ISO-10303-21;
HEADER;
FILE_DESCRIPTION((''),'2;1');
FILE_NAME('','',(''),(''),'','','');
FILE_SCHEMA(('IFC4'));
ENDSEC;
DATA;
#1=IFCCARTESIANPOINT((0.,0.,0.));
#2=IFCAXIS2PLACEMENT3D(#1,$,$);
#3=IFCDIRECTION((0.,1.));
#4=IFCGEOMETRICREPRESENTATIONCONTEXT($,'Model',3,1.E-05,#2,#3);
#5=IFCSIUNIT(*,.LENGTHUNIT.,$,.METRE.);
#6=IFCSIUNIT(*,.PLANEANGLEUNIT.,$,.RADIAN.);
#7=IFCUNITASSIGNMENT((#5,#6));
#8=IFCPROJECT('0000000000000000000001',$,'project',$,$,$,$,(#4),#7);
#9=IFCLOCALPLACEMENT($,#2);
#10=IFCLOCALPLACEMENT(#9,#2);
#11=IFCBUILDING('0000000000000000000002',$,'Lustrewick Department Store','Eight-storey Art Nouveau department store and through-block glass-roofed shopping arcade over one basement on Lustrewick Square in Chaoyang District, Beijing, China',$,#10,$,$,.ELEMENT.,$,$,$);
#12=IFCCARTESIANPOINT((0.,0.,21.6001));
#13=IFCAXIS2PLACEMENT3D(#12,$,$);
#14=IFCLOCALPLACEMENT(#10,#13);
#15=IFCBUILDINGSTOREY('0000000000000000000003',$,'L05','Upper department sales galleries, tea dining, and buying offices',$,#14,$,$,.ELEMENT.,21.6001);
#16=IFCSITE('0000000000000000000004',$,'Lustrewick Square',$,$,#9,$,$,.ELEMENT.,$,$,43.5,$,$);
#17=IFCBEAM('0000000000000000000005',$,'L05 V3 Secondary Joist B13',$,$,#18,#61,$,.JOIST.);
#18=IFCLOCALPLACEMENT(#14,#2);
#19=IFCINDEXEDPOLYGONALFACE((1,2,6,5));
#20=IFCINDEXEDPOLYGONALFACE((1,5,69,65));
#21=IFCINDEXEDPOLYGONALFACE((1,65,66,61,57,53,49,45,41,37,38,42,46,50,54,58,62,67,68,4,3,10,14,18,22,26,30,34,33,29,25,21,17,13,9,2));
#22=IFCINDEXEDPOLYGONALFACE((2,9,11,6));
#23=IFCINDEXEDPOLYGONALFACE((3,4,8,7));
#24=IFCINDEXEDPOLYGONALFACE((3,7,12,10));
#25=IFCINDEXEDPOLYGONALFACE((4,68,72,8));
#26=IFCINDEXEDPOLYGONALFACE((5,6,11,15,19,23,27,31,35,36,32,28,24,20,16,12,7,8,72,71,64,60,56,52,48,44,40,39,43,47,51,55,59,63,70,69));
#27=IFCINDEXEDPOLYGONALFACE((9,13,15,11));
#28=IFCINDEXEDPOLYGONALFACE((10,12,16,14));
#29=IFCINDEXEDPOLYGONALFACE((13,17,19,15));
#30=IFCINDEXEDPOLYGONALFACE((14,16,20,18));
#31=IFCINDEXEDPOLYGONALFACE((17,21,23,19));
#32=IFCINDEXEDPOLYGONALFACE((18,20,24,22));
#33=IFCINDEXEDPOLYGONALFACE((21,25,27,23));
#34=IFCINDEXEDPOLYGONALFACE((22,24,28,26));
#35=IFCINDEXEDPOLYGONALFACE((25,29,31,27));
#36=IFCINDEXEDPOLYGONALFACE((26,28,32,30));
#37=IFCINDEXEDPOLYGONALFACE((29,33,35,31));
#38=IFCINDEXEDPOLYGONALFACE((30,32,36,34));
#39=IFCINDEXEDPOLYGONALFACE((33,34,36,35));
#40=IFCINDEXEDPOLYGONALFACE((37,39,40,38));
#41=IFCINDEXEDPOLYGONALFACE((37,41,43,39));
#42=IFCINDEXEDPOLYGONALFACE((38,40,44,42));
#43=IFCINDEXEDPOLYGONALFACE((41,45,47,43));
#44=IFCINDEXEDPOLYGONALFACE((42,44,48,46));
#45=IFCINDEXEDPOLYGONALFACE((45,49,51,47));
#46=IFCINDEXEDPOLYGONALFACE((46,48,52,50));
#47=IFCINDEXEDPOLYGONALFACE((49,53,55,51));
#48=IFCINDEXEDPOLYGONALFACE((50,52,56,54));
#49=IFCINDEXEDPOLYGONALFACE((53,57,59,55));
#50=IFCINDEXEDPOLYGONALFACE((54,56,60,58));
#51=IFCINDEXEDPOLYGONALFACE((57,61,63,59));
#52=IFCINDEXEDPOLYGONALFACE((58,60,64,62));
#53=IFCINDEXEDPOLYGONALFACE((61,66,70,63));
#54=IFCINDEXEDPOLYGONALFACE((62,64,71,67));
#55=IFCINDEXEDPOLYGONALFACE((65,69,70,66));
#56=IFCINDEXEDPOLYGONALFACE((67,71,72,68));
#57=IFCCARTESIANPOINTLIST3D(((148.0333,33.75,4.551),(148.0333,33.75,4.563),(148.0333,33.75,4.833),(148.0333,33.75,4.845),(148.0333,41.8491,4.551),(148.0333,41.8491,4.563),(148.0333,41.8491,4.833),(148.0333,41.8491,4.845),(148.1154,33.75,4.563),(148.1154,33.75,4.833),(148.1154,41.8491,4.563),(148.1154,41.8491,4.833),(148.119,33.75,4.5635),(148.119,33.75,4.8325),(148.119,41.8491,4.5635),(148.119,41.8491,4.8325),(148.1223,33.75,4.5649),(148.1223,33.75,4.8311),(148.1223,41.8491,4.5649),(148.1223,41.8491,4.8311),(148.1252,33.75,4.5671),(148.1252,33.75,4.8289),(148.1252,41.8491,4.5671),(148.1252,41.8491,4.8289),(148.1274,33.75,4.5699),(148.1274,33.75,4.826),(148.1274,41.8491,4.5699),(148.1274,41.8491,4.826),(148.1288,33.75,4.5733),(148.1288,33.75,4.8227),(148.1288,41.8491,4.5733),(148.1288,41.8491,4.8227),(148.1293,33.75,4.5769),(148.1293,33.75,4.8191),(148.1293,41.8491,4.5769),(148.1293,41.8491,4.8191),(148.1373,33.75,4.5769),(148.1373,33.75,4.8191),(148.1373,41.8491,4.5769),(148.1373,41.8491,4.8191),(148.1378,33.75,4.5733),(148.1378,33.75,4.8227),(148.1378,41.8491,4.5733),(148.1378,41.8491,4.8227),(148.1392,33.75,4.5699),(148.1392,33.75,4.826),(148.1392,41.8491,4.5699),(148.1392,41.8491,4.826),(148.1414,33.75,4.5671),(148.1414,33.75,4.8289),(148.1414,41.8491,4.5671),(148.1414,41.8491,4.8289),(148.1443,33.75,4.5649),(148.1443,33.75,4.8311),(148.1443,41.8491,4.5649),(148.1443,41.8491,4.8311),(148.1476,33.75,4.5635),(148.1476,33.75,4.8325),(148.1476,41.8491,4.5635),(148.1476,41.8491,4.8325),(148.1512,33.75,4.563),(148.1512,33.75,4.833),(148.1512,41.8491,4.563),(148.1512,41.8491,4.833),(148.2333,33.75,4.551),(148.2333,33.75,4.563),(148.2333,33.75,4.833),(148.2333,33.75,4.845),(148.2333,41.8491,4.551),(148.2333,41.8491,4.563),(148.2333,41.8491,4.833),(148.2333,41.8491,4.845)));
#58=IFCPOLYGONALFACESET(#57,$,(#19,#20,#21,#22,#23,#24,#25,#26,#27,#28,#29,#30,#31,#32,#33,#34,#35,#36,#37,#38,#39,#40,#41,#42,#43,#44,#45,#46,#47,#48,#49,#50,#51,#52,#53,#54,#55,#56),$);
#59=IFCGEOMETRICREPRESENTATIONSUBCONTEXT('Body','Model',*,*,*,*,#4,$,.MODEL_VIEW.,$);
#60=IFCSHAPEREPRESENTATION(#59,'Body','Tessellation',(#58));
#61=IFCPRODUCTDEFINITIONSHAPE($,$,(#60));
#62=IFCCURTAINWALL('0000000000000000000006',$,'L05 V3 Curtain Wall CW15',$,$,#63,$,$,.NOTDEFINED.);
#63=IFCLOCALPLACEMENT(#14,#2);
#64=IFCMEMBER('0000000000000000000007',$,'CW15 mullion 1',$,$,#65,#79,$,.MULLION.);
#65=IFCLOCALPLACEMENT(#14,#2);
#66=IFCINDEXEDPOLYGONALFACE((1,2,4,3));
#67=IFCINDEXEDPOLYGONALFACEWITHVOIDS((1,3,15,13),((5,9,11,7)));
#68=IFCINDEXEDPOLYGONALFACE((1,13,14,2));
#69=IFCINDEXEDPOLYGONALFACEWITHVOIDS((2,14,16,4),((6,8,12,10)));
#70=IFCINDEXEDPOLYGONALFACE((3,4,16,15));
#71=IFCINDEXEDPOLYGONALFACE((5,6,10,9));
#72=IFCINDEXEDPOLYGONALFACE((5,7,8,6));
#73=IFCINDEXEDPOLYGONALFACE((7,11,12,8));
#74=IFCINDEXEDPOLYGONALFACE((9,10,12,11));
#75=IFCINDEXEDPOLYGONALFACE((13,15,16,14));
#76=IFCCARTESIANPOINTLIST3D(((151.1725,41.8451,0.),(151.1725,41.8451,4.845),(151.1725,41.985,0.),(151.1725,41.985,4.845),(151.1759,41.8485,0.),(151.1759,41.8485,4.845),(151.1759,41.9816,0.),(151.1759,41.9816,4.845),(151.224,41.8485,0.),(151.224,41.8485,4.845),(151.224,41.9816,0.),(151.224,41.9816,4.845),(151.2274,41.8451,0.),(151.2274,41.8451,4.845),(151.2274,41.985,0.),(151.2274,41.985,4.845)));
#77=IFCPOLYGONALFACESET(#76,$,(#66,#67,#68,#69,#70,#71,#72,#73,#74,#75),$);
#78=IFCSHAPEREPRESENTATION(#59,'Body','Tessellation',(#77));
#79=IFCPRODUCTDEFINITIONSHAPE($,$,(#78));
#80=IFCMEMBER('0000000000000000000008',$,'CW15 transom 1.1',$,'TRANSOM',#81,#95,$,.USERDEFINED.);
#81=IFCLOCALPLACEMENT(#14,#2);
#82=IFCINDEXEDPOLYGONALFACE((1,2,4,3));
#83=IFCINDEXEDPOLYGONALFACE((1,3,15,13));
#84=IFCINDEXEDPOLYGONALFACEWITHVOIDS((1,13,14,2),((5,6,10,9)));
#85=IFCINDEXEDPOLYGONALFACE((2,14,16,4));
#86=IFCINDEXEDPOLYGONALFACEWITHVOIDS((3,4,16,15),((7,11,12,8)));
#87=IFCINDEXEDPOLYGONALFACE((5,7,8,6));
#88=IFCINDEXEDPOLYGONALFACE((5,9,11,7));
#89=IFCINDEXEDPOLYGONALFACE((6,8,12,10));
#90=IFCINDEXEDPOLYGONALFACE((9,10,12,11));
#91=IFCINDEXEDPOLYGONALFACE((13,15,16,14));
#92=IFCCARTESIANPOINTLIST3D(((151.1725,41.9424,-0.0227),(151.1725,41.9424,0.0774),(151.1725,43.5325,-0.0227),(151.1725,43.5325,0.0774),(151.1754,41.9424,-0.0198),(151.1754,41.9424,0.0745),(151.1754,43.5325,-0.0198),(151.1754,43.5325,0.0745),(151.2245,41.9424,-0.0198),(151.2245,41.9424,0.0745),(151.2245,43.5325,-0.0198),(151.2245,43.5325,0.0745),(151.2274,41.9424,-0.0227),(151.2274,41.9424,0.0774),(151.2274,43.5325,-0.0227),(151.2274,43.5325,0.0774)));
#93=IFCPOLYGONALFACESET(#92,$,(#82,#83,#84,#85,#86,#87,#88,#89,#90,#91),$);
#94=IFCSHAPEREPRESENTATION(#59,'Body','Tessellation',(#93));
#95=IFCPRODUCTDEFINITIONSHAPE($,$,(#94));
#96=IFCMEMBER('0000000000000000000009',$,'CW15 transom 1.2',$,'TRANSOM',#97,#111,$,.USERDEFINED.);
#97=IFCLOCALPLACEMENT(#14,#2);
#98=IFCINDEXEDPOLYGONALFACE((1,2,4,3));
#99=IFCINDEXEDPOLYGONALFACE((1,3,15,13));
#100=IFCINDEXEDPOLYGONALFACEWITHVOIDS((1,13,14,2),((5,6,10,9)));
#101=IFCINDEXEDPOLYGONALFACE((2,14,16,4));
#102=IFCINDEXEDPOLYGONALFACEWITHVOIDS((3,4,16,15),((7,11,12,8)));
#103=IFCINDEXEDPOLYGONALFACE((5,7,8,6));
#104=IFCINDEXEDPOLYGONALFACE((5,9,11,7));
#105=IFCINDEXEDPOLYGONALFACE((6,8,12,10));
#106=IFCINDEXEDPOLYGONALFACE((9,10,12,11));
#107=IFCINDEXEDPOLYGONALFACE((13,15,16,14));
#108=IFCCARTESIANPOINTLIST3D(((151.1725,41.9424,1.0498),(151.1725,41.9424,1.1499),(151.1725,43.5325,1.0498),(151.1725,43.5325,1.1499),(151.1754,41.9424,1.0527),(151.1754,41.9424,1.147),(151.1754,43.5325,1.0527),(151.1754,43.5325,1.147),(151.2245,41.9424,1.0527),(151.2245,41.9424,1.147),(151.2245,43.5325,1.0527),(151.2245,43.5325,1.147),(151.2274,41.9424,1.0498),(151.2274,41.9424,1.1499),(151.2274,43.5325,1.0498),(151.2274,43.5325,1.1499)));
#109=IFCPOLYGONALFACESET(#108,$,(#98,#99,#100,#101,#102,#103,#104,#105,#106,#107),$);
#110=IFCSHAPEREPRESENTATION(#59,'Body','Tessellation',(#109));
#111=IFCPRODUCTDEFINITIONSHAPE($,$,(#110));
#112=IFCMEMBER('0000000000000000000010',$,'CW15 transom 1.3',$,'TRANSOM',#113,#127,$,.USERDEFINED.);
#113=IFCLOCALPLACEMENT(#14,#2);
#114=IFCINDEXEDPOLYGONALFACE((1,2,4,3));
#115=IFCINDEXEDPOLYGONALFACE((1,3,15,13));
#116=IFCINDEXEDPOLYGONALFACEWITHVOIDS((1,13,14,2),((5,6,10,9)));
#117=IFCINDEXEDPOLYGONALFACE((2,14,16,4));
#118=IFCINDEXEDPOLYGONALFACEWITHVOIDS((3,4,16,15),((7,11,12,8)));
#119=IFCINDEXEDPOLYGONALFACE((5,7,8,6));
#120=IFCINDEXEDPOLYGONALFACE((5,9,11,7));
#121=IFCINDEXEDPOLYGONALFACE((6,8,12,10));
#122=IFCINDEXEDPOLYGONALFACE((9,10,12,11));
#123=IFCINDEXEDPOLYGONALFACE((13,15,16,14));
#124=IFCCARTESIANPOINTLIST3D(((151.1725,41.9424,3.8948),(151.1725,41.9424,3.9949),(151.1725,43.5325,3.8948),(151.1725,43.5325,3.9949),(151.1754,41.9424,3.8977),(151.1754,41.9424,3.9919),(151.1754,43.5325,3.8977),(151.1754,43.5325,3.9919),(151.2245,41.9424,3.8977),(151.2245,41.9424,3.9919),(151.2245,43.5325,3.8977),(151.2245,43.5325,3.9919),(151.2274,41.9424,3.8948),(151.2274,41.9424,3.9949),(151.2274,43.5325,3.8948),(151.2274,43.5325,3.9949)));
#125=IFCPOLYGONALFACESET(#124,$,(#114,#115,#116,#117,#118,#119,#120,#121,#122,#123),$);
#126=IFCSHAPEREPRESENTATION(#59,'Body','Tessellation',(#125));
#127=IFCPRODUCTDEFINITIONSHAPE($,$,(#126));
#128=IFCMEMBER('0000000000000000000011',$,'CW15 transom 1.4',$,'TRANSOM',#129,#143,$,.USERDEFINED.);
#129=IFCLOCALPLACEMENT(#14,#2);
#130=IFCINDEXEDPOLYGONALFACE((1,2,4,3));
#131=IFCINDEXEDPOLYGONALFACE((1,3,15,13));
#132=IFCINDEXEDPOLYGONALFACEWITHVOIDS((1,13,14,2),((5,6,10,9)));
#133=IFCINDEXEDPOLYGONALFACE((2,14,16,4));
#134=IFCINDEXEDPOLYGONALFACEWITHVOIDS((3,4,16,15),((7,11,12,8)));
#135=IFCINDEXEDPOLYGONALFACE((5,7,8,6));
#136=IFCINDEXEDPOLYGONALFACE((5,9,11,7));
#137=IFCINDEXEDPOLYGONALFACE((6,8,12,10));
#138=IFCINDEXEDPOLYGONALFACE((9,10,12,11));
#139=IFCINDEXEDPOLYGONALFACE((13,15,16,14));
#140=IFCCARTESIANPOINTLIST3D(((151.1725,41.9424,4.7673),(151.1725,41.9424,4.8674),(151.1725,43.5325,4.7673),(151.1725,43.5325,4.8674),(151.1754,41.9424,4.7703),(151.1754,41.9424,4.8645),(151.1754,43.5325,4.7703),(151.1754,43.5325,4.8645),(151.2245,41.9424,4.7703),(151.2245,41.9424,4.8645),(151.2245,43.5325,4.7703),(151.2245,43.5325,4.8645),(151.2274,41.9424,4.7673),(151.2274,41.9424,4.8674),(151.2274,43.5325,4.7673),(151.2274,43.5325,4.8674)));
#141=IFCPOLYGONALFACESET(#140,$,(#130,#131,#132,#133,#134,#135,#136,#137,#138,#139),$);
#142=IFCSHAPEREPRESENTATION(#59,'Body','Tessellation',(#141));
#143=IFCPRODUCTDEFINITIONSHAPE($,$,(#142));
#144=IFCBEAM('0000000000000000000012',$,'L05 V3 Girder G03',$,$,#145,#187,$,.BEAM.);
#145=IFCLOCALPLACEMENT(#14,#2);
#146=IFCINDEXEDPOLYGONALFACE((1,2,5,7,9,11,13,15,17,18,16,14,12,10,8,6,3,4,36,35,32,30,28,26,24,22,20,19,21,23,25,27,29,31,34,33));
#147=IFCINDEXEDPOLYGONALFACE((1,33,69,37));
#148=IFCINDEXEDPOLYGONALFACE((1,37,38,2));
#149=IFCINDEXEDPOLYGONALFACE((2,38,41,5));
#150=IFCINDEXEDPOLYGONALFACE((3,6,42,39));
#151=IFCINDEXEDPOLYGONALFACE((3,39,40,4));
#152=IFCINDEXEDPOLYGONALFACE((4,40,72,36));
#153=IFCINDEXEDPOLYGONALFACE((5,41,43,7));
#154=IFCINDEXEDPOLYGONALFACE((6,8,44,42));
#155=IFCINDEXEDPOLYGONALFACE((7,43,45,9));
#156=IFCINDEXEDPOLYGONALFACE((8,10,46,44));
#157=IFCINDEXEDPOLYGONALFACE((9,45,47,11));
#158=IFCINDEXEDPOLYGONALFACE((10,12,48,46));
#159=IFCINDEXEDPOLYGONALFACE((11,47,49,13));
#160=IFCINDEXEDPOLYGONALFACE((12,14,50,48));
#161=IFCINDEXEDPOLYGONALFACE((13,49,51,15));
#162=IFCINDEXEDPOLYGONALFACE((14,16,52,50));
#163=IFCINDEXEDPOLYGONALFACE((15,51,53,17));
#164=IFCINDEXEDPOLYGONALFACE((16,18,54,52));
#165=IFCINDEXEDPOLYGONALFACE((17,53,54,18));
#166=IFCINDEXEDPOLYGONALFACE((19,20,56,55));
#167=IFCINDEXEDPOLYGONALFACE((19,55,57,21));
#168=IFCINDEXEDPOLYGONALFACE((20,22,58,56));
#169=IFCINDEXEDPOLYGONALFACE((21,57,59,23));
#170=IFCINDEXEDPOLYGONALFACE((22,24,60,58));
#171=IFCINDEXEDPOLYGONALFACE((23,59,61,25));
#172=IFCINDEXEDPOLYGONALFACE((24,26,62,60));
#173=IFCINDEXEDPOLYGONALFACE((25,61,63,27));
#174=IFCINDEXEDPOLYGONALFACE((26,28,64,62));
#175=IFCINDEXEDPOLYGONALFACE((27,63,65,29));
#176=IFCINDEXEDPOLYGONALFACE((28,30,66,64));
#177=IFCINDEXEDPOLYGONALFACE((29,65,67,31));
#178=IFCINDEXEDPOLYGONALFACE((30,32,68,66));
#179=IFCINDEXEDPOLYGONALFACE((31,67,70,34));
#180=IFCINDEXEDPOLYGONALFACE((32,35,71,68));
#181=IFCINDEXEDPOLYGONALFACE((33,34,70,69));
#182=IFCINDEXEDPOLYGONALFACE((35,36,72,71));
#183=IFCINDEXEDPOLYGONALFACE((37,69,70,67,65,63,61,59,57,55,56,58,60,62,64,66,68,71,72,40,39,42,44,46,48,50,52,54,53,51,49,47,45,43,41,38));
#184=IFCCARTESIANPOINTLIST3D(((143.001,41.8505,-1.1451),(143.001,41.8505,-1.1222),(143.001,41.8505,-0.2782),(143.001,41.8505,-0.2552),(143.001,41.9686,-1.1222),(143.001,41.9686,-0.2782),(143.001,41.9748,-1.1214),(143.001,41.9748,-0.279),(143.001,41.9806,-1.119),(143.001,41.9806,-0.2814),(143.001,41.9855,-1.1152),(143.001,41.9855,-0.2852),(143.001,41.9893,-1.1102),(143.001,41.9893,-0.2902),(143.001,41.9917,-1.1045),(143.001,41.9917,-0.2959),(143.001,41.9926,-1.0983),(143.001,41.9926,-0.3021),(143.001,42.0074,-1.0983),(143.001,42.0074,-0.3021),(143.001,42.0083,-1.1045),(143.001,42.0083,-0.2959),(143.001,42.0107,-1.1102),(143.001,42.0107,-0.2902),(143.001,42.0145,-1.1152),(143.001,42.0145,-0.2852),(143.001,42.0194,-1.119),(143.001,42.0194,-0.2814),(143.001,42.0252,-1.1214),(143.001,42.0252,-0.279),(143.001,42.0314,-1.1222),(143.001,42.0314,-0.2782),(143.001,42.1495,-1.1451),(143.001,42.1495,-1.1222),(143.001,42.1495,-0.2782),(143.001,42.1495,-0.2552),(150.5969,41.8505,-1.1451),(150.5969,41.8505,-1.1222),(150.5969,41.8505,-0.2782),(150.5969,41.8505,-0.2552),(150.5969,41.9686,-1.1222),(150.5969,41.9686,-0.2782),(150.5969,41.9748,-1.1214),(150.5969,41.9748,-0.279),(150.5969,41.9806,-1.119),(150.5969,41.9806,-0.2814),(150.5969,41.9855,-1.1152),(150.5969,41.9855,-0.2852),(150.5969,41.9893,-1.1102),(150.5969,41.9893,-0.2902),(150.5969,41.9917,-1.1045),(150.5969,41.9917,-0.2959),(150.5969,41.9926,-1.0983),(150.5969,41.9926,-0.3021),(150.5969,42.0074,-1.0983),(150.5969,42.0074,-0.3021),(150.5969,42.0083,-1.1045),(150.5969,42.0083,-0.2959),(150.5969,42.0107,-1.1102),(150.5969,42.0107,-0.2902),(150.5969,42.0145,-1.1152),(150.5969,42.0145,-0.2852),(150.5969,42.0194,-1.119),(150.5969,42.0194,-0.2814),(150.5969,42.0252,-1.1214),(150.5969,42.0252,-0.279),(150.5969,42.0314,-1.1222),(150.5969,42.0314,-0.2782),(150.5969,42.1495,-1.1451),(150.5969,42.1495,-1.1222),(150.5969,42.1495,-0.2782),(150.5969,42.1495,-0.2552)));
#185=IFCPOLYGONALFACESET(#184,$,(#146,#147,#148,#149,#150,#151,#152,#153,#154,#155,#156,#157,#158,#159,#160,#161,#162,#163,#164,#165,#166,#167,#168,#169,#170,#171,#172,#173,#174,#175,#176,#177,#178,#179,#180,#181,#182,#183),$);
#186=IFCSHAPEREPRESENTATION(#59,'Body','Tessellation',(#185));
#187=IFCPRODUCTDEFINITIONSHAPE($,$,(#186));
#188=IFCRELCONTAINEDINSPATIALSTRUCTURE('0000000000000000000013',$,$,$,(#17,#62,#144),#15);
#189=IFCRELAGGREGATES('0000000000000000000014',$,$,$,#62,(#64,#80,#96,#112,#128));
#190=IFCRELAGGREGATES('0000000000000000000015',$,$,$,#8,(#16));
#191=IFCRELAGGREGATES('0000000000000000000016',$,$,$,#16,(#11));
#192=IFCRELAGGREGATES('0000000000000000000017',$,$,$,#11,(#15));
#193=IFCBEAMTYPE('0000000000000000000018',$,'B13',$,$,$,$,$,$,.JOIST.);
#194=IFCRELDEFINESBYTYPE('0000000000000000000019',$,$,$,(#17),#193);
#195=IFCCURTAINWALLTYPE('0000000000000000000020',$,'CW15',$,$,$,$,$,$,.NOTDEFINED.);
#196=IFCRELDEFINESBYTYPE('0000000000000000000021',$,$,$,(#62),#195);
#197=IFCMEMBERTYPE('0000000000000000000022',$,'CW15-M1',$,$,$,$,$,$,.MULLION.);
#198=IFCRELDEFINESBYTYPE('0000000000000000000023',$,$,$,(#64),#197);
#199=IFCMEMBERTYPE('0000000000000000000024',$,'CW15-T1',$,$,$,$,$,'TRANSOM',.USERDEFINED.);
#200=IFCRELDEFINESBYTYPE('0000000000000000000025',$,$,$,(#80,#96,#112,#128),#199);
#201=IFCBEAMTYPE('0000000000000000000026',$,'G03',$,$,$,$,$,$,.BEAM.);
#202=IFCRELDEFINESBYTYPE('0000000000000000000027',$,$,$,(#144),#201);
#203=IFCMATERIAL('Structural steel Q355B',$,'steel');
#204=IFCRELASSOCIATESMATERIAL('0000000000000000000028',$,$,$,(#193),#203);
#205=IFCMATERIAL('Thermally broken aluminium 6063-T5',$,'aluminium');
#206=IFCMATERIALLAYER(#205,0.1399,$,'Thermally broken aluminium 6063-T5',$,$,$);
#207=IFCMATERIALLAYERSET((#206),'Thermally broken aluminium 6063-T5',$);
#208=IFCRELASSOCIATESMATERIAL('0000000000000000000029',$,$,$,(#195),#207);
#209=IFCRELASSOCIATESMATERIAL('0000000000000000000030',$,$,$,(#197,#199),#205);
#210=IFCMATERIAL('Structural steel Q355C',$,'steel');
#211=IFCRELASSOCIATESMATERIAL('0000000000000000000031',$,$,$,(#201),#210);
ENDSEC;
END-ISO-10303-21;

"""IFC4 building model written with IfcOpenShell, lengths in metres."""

from ifc_helpers import new_model, si_unit, direction, frame, origin, origin_2d, place, context, subcontext, project, spatial, hollow_rectangle, i_section, extrude, material, layer, layer_set, material_profile, profile_set, type_object, element, aggregate, save


model = new_model("IFC4")

# Units and contexts
model_context = context("Model", 3, precision=1e-05, world=origin(), true_north=direction((0.0, 1.0)))
body_context = subcontext(model_context, "Body", "Model", "MODEL_VIEW")
ifc_project = project(units=[si_unit("LENGTHUNIT", "METRE"), si_unit("PLANEANGLEUNIT", "RADIAN")], contexts=[model_context])

# Site, building, storey
site_placement = place(None, origin())
site = spatial("IfcSite", under=ifc_project, at=site_placement, Name="Lustrewick Square", CompositionType="ELEMENT", RefElevation=43.5)
building_placement = place(site_placement, origin())
building = spatial("IfcBuilding", under=site, at=building_placement, Name="Lustrewick Department Store", Description="Eight-storey Art Nouveau department store and through-block glass-roofed shopping arcade over one basement on Lustrewick Square in Chaoyang District, Beijing, China", CompositionType="ELEMENT")
storey_placement = place(building_placement, frame((0.0, 0.0, 21.6001)))
storey = spatial("IfcBuildingStorey", under=building, at=storey_placement, Name="L05", Description="Upper department sales galleries, tea dining, and buying offices", CompositionType="ELEMENT", Elevation=21.6001)

# Shared definitions
ifc_material_1 = material(Name="Structural steel Q355B", Category="steel")

# Beam
ifc_material_profile_1 = material_profile(ifc_material_1, i_section(OverallWidth=0.2, OverallDepth=0.2939, WebThickness=0.0081, FlangeThickness=0.012, FilletRadius=0.0139, at=origin_2d()), Name="HM 294x200x8x12")
ifc_profile_set_1 = profile_set([ifc_material_profile_1], Name="Structural steel Q355B")
beam_type_1 = type_object("IfcBeamType", Name="B13", PredefinedType="JOIST", material=ifc_profile_set_1)
beam_1_placement = place(storey_placement, frame((148.1333, 33.75, 4.698), z_axis=(0.0, 1.0, 0.0), x_axis=(-1.0, 0.0, 0.0)))
element("IfcBeam", 1, at=beam_1_placement, inside=storey, type_object=beam_type_1, Name="L05 V3 Secondary Joist B13", PredefinedType="JOIST", context=body_context, shape_type="SweptSolid", body=[
    extrude(i_section(OverallWidth=0.2, OverallDepth=0.2939, WebThickness=0.0081, FlangeThickness=0.012, FilletRadius=0.0139, at=origin_2d()), origin(), (0.0, 0.0, 1.0), 8.0991),
])

# Curtain wall, members
ifc_material_2 = material(Name="Thermally broken aluminium 6063-T5", Category="aluminium")
ifc_layer_1 = layer(ifc_material_2, 0.1399, Name="Thermally broken aluminium 6063-T5")
ifc_layer_set_1 = layer_set([ifc_layer_1], Name="Thermally broken aluminium 6063-T5")
curtain_wall_type = type_object("IfcCurtainWallType", Name="CW15", PredefinedType="NOTDEFINED", material=ifc_layer_set_1)
curtain_wall_placement = place(storey_placement, origin())
curtain_wall = element("IfcCurtainWall", 2, at=curtain_wall_placement, inside=storey, type_object=curtain_wall_type, Name="L05 V3 Curtain Wall CW15", PredefinedType="NOTDEFINED")
ifc_material_profile_2 = material_profile(ifc_material_2, hollow_rectangle(XDim=0.0549, YDim=0.1399, WallThickness=0.0034, at=origin_2d()), Name="ALU-M 55x140x3.5")
ifc_profile_set_2 = profile_set([ifc_material_profile_2], Name="Thermally broken aluminium 6063-T5")
member_type_1 = type_object("IfcMemberType", Name="CW15-M1", PredefinedType="MULLION", material=ifc_profile_set_2)
member_1_placement = place(storey_placement, frame((151.2, 41.915, 0.0), z_axis=(0.0, 0.0, 1.0), x_axis=(-1.0, 0.0, 0.0)))
member_1 = element("IfcMember", 3, at=member_1_placement, type_object=member_type_1, Name="CW15 mullion 1", PredefinedType="MULLION", context=body_context, shape_type="SweptSolid", body=[
    extrude(hollow_rectangle(XDim=0.0549, YDim=0.1399, WallThickness=0.0034, at=origin_2d()), origin(), (0.0, 0.0, 1.0), 4.845),
])
ifc_material_profile_3 = material_profile(ifc_material_2, hollow_rectangle(XDim=0.0549, YDim=0.1001, WallThickness=0.0029, at=origin_2d()), Name="ALU-T 55x100x3")
ifc_profile_set_3 = profile_set([ifc_material_profile_3], Name="Thermally broken aluminium 6063-T5")
member_type_2 = type_object("IfcMemberType", Name="CW15-T1", ElementType="TRANSOM", PredefinedType="USERDEFINED", material=ifc_profile_set_3)
member_2_placement = place(storey_placement, frame((151.2, 41.9424, 0.0273), z_axis=(0.0, 1.0, 0.0), x_axis=(-1.0, 0.0, 0.0)))
member_2 = element("IfcMember", 4, at=member_2_placement, type_object=member_type_2, Name="CW15 transom 1.1", ObjectType="TRANSOM", PredefinedType="USERDEFINED", context=body_context, shape_type="SweptSolid", body=[
    extrude(hollow_rectangle(XDim=0.0549, YDim=0.1001, WallThickness=0.0029, at=origin_2d()), origin(), (0.0, 0.0, 1.0), 1.5901),
])
member_3_placement = place(storey_placement, frame((151.2, 41.9424, 1.0999), z_axis=(0.0, 1.0, 0.0), x_axis=(-1.0, 0.0, 0.0)))
member_3 = element("IfcMember", 5, at=member_3_placement, type_object=member_type_2, Name="CW15 transom 1.2", ObjectType="TRANSOM", PredefinedType="USERDEFINED", context=body_context, shape_type="SweptSolid", body=[
    extrude(hollow_rectangle(XDim=0.0549, YDim=0.1001, WallThickness=0.0029, at=origin_2d()), origin(), (0.0, 0.0, 1.0), 1.5901),
])
member_4_placement = place(storey_placement, frame((151.2, 41.9424, 3.9448), z_axis=(0.0, 1.0, 0.0), x_axis=(-1.0, 0.0, 0.0)))
member_4 = element("IfcMember", 6, at=member_4_placement, type_object=member_type_2, Name="CW15 transom 1.3", ObjectType="TRANSOM", PredefinedType="USERDEFINED", context=body_context, shape_type="SweptSolid", body=[
    extrude(hollow_rectangle(XDim=0.0549, YDim=0.1001, WallThickness=0.0029, at=origin_2d()), origin(), (0.0, 0.0, 1.0), 1.5901),
])
member_5_placement = place(storey_placement, frame((151.2, 41.9424, 4.8174), z_axis=(0.0, 1.0, 0.0), x_axis=(-1.0, 0.0, 0.0)))
member_5 = element("IfcMember", 7, at=member_5_placement, type_object=member_type_2, Name="CW15 transom 1.4", ObjectType="TRANSOM", PredefinedType="USERDEFINED", context=body_context, shape_type="SweptSolid", body=[
    extrude(hollow_rectangle(XDim=0.0549, YDim=0.1001, WallThickness=0.0029, at=origin_2d()), origin(), (0.0, 0.0, 1.0), 1.5901),
])

# Beam
ifc_material_3 = material(Name="Structural steel Q355C", Category="steel")
ifc_material_profile_4 = material_profile(ifc_material_3, i_section(OverallWidth=0.2991, OverallDepth=0.8899, WebThickness=0.0149, FlangeThickness=0.0229, FilletRadius=0.0239, at=origin_2d()), Name="HN 890x299x15x23")
ifc_profile_set_4 = profile_set([ifc_material_profile_4], Name="Structural steel Q355C")
beam_type_2 = type_object("IfcBeamType", Name="G03", PredefinedType="BEAM", material=ifc_profile_set_4)
beam_2_placement = place(storey_placement, frame((143.001, 42.0, -0.7002), z_axis=(1.0, 0.0, 0.0), x_axis=(0.0, 1.0, 0.0)))
element("IfcBeam", 8, at=beam_2_placement, inside=storey, type_object=beam_type_2, Name="L05 V3 Girder G03", PredefinedType="BEAM", context=body_context, shape_type="SweptSolid", body=[
    extrude(i_section(OverallWidth=0.2991, OverallDepth=0.8899, WebThickness=0.0149, FlangeThickness=0.0229, FilletRadius=0.0239, at=origin_2d()), origin(), (0.0, 0.0, 1.0), 7.5959),
])

aggregate(curtain_wall, [member_1, member_2, member_3, member_4, member_5])

save(model, "model.ifc")
